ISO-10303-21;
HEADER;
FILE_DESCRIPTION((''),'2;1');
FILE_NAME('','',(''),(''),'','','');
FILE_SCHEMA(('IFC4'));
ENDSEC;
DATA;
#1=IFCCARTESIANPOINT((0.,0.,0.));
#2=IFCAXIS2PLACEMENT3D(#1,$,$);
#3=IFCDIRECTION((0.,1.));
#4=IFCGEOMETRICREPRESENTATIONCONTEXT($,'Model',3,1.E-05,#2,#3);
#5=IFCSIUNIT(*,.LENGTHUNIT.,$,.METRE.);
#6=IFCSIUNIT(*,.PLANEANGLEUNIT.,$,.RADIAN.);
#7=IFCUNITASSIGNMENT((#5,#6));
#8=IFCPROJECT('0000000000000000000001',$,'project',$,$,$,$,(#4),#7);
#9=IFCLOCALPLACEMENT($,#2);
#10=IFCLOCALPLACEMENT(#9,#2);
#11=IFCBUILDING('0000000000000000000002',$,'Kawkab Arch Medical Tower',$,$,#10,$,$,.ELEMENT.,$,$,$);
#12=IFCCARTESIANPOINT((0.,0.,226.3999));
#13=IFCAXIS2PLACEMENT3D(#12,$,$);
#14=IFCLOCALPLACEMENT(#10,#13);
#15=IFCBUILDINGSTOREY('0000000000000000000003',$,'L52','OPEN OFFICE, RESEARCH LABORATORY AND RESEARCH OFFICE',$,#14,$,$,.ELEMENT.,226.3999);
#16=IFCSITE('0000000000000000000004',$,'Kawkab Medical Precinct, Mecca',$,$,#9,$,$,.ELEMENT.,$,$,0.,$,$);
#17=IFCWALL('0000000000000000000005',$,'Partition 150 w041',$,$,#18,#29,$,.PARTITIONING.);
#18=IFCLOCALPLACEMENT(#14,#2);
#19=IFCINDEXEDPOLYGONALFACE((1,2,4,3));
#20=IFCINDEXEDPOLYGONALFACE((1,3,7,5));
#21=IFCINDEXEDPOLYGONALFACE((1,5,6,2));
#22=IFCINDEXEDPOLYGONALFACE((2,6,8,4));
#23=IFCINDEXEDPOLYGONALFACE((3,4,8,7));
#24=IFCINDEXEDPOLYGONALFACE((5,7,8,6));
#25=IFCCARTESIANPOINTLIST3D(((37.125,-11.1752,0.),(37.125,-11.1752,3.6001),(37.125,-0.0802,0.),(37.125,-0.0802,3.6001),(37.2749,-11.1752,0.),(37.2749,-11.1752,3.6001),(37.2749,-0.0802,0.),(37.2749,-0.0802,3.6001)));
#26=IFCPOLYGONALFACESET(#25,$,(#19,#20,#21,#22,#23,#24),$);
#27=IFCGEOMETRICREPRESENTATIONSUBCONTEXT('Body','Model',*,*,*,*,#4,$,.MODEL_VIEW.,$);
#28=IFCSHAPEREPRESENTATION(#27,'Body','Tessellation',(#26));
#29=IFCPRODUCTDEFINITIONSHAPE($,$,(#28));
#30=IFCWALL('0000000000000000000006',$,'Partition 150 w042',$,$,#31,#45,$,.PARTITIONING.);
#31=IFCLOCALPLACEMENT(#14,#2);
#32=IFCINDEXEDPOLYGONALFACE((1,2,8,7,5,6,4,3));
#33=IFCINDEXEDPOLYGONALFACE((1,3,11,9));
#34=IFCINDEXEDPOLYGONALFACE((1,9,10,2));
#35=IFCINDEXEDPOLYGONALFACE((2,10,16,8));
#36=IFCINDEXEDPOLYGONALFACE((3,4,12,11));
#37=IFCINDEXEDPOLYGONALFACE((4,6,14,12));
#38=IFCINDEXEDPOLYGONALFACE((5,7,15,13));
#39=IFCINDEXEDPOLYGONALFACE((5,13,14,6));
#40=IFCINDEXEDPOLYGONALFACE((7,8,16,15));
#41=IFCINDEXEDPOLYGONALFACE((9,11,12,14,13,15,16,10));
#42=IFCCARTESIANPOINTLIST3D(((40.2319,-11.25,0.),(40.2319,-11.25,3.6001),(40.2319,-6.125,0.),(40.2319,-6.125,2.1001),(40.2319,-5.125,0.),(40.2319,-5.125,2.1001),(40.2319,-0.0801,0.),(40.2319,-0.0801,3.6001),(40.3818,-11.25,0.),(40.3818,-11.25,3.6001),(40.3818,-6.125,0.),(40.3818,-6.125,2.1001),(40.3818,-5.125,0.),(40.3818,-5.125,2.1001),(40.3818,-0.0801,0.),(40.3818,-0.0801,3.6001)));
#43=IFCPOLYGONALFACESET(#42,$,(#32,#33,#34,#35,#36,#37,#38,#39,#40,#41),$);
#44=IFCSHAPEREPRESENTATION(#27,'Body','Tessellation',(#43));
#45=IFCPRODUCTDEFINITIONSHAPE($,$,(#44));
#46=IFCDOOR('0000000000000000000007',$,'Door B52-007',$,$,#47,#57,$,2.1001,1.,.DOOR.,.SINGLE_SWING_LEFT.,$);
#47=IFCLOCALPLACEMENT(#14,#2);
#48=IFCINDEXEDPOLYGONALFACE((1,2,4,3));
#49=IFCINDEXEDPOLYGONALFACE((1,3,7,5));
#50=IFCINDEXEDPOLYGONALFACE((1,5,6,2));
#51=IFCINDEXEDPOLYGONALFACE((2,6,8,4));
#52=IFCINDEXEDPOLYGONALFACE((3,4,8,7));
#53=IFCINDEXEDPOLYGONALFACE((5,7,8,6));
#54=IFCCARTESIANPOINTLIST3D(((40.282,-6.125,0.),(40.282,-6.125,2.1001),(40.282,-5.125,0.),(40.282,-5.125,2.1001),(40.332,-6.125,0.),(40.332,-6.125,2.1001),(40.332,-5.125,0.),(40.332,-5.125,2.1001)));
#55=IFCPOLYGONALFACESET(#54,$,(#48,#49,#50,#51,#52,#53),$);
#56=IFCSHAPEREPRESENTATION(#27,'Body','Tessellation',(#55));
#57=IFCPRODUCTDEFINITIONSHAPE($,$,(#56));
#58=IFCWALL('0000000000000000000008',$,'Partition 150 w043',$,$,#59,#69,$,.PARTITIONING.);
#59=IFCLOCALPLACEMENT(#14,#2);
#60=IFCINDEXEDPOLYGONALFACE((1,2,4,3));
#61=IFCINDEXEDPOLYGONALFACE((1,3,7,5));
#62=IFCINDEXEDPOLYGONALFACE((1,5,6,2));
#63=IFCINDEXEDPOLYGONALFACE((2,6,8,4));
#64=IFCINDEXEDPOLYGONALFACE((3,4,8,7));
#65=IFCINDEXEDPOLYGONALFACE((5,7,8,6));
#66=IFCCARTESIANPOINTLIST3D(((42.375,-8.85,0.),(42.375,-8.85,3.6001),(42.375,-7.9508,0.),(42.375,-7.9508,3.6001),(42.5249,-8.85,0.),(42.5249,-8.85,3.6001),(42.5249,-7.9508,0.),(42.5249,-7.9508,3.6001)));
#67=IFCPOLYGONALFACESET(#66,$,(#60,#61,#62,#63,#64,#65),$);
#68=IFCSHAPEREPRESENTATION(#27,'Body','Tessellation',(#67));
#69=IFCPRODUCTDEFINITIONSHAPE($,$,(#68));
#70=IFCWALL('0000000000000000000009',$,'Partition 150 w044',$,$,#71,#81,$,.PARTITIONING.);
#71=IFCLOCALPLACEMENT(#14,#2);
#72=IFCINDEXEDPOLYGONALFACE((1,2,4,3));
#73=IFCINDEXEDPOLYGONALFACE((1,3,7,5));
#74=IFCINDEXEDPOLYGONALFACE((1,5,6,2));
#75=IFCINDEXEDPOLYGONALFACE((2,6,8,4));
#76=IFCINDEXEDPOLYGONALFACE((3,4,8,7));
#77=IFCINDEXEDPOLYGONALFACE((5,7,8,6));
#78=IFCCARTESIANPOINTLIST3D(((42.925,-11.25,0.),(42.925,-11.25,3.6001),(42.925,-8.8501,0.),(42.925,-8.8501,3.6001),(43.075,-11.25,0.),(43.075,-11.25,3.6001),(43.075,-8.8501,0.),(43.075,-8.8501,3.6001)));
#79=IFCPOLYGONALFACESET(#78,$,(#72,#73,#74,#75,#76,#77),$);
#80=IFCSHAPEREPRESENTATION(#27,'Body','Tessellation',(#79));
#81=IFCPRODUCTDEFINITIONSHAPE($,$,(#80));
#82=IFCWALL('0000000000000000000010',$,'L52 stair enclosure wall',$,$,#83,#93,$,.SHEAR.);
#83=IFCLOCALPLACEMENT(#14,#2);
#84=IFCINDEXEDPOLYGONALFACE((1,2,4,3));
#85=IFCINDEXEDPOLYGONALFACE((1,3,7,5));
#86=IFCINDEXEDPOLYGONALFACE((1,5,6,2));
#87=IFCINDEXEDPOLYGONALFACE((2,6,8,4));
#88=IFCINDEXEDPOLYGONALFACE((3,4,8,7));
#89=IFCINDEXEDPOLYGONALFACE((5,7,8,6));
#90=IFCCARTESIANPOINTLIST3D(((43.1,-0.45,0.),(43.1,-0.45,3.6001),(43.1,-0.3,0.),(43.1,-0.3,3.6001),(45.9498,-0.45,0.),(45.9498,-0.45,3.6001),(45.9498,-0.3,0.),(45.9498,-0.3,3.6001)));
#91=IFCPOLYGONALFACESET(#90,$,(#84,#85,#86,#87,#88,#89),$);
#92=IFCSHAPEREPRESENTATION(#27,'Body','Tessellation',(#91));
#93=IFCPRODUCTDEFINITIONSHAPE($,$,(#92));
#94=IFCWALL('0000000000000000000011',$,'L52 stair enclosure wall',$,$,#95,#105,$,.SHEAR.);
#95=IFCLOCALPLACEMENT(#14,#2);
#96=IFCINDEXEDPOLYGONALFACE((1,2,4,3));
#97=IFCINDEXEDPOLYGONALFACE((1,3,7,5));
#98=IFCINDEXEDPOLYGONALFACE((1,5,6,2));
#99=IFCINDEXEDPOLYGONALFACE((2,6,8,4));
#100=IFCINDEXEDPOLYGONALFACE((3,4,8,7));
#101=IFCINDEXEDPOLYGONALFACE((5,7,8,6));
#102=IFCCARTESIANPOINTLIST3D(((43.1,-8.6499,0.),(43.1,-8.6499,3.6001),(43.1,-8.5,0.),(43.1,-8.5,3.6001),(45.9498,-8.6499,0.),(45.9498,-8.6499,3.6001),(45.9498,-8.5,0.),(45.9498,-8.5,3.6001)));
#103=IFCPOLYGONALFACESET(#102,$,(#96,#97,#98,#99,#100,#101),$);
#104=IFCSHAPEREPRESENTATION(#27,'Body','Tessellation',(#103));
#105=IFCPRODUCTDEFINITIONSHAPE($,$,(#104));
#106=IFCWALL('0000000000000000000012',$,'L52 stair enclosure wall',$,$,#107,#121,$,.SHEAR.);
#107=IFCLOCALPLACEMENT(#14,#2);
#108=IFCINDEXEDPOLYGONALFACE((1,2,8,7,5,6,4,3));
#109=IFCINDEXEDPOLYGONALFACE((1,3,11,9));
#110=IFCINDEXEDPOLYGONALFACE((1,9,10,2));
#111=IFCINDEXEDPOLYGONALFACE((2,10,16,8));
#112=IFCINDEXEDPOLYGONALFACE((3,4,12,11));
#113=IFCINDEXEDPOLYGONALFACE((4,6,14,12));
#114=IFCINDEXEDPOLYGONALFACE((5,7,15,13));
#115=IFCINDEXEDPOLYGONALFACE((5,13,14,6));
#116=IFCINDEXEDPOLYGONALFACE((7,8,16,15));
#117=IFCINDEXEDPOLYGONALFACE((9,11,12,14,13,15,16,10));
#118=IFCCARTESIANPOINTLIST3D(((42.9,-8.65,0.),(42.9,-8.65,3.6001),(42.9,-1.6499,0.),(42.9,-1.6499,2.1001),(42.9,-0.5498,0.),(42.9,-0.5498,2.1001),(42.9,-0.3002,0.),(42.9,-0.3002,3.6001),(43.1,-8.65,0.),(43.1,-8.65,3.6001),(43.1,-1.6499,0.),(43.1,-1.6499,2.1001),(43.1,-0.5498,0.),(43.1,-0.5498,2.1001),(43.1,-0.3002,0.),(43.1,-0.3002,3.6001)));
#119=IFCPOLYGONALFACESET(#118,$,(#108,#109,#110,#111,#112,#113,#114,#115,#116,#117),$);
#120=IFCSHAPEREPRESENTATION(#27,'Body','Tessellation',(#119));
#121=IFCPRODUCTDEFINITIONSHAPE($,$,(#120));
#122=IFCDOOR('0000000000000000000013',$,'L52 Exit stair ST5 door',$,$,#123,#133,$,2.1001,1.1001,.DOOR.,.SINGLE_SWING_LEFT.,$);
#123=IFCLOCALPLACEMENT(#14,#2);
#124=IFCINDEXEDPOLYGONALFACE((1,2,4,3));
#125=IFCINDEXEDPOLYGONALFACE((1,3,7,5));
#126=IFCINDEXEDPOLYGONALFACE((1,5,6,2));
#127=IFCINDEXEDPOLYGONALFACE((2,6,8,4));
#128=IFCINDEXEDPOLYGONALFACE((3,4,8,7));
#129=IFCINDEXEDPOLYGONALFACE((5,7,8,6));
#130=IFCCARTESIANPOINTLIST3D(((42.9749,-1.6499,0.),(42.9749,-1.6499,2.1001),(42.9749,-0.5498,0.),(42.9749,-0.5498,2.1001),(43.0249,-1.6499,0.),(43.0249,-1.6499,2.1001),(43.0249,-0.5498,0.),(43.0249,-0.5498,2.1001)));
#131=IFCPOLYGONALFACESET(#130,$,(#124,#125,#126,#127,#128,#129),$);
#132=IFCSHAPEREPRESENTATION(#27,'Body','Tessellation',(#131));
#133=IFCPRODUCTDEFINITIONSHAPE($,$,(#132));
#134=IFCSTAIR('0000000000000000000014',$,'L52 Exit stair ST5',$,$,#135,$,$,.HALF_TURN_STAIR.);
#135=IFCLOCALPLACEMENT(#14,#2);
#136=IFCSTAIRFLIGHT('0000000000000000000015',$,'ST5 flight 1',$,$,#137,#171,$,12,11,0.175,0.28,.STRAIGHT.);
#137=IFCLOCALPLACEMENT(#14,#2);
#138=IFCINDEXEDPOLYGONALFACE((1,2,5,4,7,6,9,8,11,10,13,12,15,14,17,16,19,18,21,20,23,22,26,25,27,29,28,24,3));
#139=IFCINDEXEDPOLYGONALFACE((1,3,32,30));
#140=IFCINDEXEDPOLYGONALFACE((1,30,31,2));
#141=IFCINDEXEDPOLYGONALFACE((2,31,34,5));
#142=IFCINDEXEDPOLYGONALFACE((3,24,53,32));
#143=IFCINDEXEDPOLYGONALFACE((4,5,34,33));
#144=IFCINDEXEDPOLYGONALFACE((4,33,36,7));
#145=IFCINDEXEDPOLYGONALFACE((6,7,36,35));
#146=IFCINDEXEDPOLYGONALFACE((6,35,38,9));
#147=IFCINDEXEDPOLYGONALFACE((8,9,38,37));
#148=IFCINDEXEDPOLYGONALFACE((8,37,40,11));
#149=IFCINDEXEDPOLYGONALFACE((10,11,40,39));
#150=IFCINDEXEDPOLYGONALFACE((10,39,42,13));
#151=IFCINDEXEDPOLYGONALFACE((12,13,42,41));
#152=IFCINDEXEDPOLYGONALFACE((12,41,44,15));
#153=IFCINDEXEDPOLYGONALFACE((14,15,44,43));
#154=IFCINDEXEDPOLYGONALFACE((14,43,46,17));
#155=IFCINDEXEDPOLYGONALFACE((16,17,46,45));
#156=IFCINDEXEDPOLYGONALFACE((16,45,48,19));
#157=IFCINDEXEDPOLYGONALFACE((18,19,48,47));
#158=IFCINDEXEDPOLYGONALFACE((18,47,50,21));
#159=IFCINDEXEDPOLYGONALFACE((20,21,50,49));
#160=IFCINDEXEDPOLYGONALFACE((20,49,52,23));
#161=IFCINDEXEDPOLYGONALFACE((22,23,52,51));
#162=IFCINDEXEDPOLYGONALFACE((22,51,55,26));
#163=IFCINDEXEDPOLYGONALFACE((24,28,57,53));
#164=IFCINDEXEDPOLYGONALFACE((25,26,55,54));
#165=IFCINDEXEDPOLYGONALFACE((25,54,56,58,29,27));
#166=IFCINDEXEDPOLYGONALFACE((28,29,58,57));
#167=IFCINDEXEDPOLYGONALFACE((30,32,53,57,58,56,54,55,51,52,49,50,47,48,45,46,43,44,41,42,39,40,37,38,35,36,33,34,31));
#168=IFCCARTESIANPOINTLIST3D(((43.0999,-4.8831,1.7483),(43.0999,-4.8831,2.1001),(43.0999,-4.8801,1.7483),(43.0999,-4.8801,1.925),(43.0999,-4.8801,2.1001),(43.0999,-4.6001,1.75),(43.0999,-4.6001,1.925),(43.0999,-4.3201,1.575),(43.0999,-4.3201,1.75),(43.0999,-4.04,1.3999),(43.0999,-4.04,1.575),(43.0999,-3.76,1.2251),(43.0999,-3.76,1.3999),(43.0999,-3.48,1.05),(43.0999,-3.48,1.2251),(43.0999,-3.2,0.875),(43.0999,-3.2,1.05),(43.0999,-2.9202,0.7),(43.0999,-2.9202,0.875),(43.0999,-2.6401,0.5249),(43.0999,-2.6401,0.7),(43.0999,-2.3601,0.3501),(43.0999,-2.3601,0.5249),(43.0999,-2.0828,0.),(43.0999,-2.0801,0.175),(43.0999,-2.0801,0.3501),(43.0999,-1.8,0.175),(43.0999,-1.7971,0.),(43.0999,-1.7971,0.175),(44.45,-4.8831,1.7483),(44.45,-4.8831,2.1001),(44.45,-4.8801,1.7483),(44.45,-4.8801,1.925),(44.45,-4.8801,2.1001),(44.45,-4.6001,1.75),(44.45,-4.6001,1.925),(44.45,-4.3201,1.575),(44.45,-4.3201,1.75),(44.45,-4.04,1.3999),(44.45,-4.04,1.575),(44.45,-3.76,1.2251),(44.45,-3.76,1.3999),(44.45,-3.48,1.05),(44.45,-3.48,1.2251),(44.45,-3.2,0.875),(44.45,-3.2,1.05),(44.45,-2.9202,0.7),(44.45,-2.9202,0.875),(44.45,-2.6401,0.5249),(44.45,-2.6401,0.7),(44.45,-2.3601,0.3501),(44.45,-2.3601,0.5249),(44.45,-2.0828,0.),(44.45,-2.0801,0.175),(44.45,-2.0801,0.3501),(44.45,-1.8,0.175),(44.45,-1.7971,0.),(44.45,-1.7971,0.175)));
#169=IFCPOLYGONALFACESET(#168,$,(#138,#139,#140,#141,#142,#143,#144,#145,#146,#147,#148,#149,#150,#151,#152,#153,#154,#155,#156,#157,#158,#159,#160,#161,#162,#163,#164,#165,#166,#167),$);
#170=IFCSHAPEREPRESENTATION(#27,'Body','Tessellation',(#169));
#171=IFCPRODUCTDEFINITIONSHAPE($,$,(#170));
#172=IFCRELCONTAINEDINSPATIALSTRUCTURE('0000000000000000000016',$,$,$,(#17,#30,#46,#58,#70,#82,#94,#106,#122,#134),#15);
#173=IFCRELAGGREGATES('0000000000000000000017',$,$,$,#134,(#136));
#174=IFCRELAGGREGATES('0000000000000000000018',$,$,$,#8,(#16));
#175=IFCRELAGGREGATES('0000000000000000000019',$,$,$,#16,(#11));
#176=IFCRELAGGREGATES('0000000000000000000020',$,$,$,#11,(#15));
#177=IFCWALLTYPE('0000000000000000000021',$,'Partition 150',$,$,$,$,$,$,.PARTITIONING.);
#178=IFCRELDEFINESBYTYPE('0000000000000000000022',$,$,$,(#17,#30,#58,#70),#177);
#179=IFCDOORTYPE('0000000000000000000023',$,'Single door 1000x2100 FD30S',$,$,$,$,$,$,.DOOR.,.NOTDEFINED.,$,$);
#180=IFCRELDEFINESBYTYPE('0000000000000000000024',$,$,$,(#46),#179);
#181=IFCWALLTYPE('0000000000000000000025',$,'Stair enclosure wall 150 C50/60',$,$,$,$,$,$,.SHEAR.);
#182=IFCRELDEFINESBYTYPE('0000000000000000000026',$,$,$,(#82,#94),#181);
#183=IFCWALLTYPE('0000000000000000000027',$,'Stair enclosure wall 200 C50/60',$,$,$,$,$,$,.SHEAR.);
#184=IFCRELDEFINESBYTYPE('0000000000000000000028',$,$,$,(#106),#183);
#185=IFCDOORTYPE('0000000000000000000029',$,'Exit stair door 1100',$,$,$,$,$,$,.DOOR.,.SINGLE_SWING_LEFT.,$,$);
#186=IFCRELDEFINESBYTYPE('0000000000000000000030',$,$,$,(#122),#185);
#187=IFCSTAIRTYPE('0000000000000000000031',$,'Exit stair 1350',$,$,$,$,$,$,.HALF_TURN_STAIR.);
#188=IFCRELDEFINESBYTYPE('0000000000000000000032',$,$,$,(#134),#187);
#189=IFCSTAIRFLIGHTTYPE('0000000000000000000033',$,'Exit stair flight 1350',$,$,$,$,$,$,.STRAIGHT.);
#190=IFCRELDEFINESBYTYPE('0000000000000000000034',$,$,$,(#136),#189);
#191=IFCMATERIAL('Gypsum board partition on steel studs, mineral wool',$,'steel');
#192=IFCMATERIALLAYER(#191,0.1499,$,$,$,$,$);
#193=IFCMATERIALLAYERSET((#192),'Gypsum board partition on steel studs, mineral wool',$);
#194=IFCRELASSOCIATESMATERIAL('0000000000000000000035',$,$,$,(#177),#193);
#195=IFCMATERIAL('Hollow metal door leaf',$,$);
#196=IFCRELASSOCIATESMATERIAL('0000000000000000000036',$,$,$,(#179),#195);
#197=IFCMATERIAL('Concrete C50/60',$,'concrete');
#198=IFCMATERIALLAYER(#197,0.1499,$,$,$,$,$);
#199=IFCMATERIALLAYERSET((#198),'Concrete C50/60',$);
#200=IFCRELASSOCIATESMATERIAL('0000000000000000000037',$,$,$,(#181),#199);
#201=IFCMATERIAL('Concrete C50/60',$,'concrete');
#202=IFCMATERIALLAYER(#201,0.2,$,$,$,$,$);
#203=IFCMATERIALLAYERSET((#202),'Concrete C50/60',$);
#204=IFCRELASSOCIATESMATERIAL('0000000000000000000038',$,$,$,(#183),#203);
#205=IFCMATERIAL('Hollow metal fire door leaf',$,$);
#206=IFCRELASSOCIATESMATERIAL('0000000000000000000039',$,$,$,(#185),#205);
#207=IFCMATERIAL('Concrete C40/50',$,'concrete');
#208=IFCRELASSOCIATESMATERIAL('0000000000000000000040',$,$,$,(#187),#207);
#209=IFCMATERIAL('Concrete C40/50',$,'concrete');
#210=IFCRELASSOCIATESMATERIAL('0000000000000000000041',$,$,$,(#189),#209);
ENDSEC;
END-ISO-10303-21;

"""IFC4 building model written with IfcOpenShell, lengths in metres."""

from ifc_helpers import new_model, si_unit, direction, frame, frame_2d, origin, place, context, subcontext, project, spatial, polyline, rectangle, outline, extrude, material, layer, layer_set, type_object, element, fill, aggregate, save


model = new_model("IFC4")

# Units and contexts
model_context = context("Model", 3, precision=1e-05, world=origin(), true_north=direction((0.0, 1.0)))
body_context = subcontext(model_context, "Body", "Model", "MODEL_VIEW")
ifc_project = project(units=[si_unit("LENGTHUNIT", "METRE"), si_unit("PLANEANGLEUNIT", "RADIAN")], contexts=[model_context])

# Site, building, storey
site_placement = place(None, origin())
site = spatial("IfcSite", under=ifc_project, at=site_placement, Name="Kawkab Medical Precinct, Mecca", CompositionType="ELEMENT", RefElevation=0.0)
building_placement = place(site_placement, origin())
building = spatial("IfcBuilding", under=site, at=building_placement, Name="Kawkab Arch Medical Tower", CompositionType="ELEMENT")
storey_placement = place(building_placement, frame((0.0, 0.0, 226.3999)))
storey = spatial("IfcBuildingStorey", under=building, at=storey_placement, Name="L52", Description="OPEN OFFICE, RESEARCH LABORATORY AND RESEARCH OFFICE", CompositionType="ELEMENT", Elevation=226.3999)

# Shared definitions
placement = place(storey_placement, origin())

# Shared definitions
ifc_material_1 = material(Name="Gypsum board partition on steel studs, mineral wool", Category="steel")
ifc_layer_1 = layer(ifc_material_1, 0.1499)
ifc_layer_set_1 = layer_set([ifc_layer_1], Name="Gypsum board partition on steel studs, mineral wool")
wall_type_1 = type_object("IfcWallType", Name="Partition 150", PredefinedType="PARTITIONING", material=ifc_layer_set_1)
ifc_material_2 = material(Name="Hollow metal door leaf")
door_type_1 = type_object("IfcDoorType", Name="Single door 1000x2100 FD30S", OperationType="NOTDEFINED", PredefinedType="DOOR", material=ifc_material_2)

# Wall
wall_1_placement = place(storey_placement, frame((37.2, -11.175, 0.0), z_axis=(0.0, 0.0, 1.0), x_axis=(0.0, 1.0, 0.0)))
element("IfcWall", 1, at=wall_1_placement, inside=storey, type_object=wall_type_1, Name="Partition 150 w041", PredefinedType="PARTITIONING", context=body_context, shape_type="SweptSolid", body=[
    extrude(rectangle(XDim=11.095, YDim=0.1499, at=frame_2d((5.5474, 0.0))), origin(), (0.0, 0.0, 1.0), 3.6001),
])

# Wall, opening, door
wall_2_placement = place(storey_placement, frame((40.3069, -11.25, 0.0), z_axis=(0.0, 0.0, 1.0), x_axis=(0.0, 1.0, 0.0)))
wall_2 = element("IfcWall", 2, at=wall_2_placement, inside=storey, type_object=wall_type_1, Name="Partition 150 w042", PredefinedType="PARTITIONING", context=body_context, shape_type="SweptSolid", body=[
    extrude(rectangle(XDim=11.1699, YDim=0.1499, at=frame_2d((5.585, 0.0))), origin(), (0.0, 0.0, 1.0), 3.6001),
])
opening_1_placement = place(wall_2_placement, frame((5.125, 0.0, 0.0)))
opening_1 = element("IfcOpeningElement", 3, at=opening_1_placement, cuts=wall_2, PredefinedType="OPENING", context=body_context, shape_type="SweptSolid", body=[
    extrude(rectangle(XDim=1.0, YDim=2.1001, at=frame_2d((0.5, 1.05))), frame((0.0, 0.085, 0.0), z_axis=(0.0, -1.0, 0.0), x_axis=(1.0, 0.0, 0.0)), (0.0, 0.0, 1.0), 0.1699),
])
door_1_placement = place(opening_1_placement, origin())
door_1 = element("IfcDoor", 4, at=door_1_placement, inside=storey, type_object=door_type_1, Name="Door B52-007", OperationType="SINGLE_SWING_LEFT", OverallHeight=2.1001, OverallWidth=1.0, PredefinedType="DOOR", context=body_context, shape_type="SweptSolid", body=[
    extrude(rectangle(XDim=1.0, YDim=2.1001, at=frame_2d((0.5, 1.05))), frame((0.0, 0.0249, 0.0), z_axis=(0.0, -1.0, 0.0), x_axis=(1.0, 0.0, 0.0)), (0.0, 0.0, 1.0), 0.05),
])
fill(opening_1, door_1)

# Walls
wall_3_placement = place(storey_placement, frame((42.45, -8.8501, 0.0), z_axis=(0.0, 0.0, 1.0), x_axis=(0.0, 1.0, 0.0)))
element("IfcWall", 5, at=wall_3_placement, inside=storey, type_object=wall_type_1, Name="Partition 150 w043", PredefinedType="PARTITIONING", context=body_context, shape_type="SweptSolid", body=[
    extrude(rectangle(XDim=0.8992, YDim=0.1499, at=frame_2d((0.4497, 0.0))), origin(), (0.0, 0.0, 1.0), 3.6001),
])
wall_4_placement = place(storey_placement, frame((43.0, -11.25, 0.0), z_axis=(0.0, 0.0, 1.0), x_axis=(0.0, 1.0, 0.0)))
element("IfcWall", 6, at=wall_4_placement, inside=storey, type_object=wall_type_1, Name="Partition 150 w044", PredefinedType="PARTITIONING", context=body_context, shape_type="SweptSolid", body=[
    extrude(rectangle(XDim=2.3999, YDim=0.1499, at=frame_2d((1.2, 0.0))), origin(), (0.0, 0.0, 1.0), 3.6001),
])
ifc_material_3 = material(Name="Concrete C50/60", Category="concrete")
ifc_layer_2 = layer(ifc_material_3, 0.1499)
ifc_layer_set_2 = layer_set([ifc_layer_2], Name="Concrete C50/60")
wall_type_2 = type_object("IfcWallType", Name="Stair enclosure wall 150 C50/60", PredefinedType="SHEAR", material=ifc_layer_set_2)
for number, where, z_axis, x_axis, name in (
    (7, (43.1001, -0.375, 0.0), (0.0, 0.0, 1.0), (1.0, 0.0, 0.0), "L52 stair enclosure wall"),
    (8, (43.1001, -8.575, 0.0), (0.0, 0.0, 1.0), (1.0, 0.0, 0.0), "L52 stair enclosure wall"),
):
    element("IfcWall", number, at=place(storey_placement, frame(where, z_axis=z_axis, x_axis=x_axis)), inside=storey, type_object=wall_type_2, Name=name, PredefinedType="SHEAR", context=body_context, shape_type="SweptSolid", body=[
        extrude(rectangle(XDim=2.8499, YDim=0.1499, at=frame_2d((1.4248, 0.0))), origin(), (0.0, 0.0, 1.0), 3.6001),
    ])

# Wall, opening, door
ifc_material_4 = material(Name="Concrete C50/60", Category="concrete")
ifc_layer_3 = layer(ifc_material_4, 0.2)
ifc_layer_set_3 = layer_set([ifc_layer_3], Name="Concrete C50/60")
wall_type_3 = type_object("IfcWallType", Name="Stair enclosure wall 200 C50/60", PredefinedType="SHEAR", material=ifc_layer_set_3)
wall_5_placement = place(storey_placement, frame((43.0, -8.6499, 0.0), z_axis=(0.0, 0.0, 1.0), x_axis=(0.0, 1.0, 0.0)))
wall_5 = element("IfcWall", 9, at=wall_5_placement, inside=storey, type_object=wall_type_3, Name="L52 stair enclosure wall", PredefinedType="SHEAR", context=body_context, shape_type="SweptSolid", body=[
    extrude(rectangle(XDim=8.3499, YDim=0.2, at=frame_2d((4.1748, 0.0))), origin(), (0.0, 0.0, 1.0), 3.6001),
])
opening_2_placement = place(wall_5_placement, frame((7.0, 0.0, 0.0)))
opening_2 = element("IfcOpeningElement", 10, at=opening_2_placement, cuts=wall_5, PredefinedType="OPENING", context=body_context, shape_type="SweptSolid", body=[
    extrude(rectangle(XDim=1.1001, YDim=2.1001, at=frame_2d((0.55, 1.05))), frame((0.0, 0.1099, 0.0), z_axis=(0.0, -1.0, 0.0), x_axis=(1.0, 0.0, 0.0)), (0.0, 0.0, 1.0), 0.22),
])
ifc_material_5 = material(Name="Hollow metal fire door leaf")
door_type_2 = type_object("IfcDoorType", Name="Exit stair door 1100", OperationType="SINGLE_SWING_LEFT", PredefinedType="DOOR", material=ifc_material_5)
door_2_placement = place(opening_2_placement, frame((1.1001, 0.0, 0.0), z_axis=(0.0, 0.0, 1.0), x_axis=(-1.0, 0.0, 0.0)))
door_2 = element("IfcDoor", 11, at=door_2_placement, inside=storey, type_object=door_type_2, Name="L52 Exit stair ST5 door", OperationType="SINGLE_SWING_LEFT", OverallHeight=2.1001, OverallWidth=1.1001, PredefinedType="DOOR", context=body_context, shape_type="SweptSolid", body=[
    extrude(rectangle(XDim=1.1001, YDim=2.1001, at=frame_2d((0.55, 1.05))), frame((0.0, 0.0249, 0.0), z_axis=(0.0, -1.0, 0.0), x_axis=(1.0, 0.0, 0.0)), (0.0, 0.0, 1.0), 0.05),
])
fill(opening_2, door_2)

# Stair, stair flight
ifc_material_6 = material(Name="Concrete C40/50", Category="concrete")
stair_type = type_object("IfcStairType", Name="Exit stair 1350", PredefinedType="HALF_TURN_STAIR", material=ifc_material_6)
stair = element("IfcStair", 12, at=placement, inside=storey, type_object=stair_type, Name="L52 Exit stair ST5", PredefinedType="HALF_TURN_STAIR")
ifc_material_7 = material(Name="Concrete C40/50", Category="concrete")
stair_flight_type = type_object("IfcStairFlightType", Name="Exit stair flight 1350", PredefinedType="STRAIGHT", material=ifc_material_7)
stair_flight_placement = place(storey_placement, frame((43.7749, -1.8, 0.0), z_axis=(0.0, 0.0, 1.0), x_axis=(0.0, -1.0, 0.0)))
stair_flight = element("IfcStairFlight", 13, at=stair_flight_placement, type_object=stair_flight_type, Name="ST5 flight 1", NumberOfRisers=12, NumberOfTreads=11, PredefinedType="STRAIGHT", RiserHeight=0.175, TreadLength=0.28, context=body_context, shape_type="SweptSolid", body=[
    extrude(outline(polyline([(-0.0029, 0.0), (-0.0029, 0.175), (0.0, 0.175), (0.28, 0.175), (0.28, 0.3501), (0.5601, 0.3501), (0.5601, 0.5249), (0.8401, 0.5249), (0.8401, 0.7), (1.1201, 0.7), (1.1201, 0.875), (1.3999, 0.875), (1.3999, 1.05), (1.6799, 1.05), (1.6799, 1.2251), (1.96, 1.2251), (1.96, 1.3999), (2.24, 1.3999), (2.24, 1.575), (2.52, 1.575), (2.52, 1.75), (2.8, 1.75), (2.8, 1.925), (3.0801, 1.925), (3.0801, 2.1001), (3.083, 2.1001), (3.083, 1.7483), (3.0801, 1.7483), (0.2827, 0.0), (-0.0029, 0.0)])), frame((0.0, 0.675, 0.0), z_axis=(0.0, -1.0, 0.0), x_axis=(1.0, 0.0, 0.0)), (0.0, 0.0, 1.0), 1.3501),
])
aggregate(stair, [stair_flight])

save(model, "model.ifc")
